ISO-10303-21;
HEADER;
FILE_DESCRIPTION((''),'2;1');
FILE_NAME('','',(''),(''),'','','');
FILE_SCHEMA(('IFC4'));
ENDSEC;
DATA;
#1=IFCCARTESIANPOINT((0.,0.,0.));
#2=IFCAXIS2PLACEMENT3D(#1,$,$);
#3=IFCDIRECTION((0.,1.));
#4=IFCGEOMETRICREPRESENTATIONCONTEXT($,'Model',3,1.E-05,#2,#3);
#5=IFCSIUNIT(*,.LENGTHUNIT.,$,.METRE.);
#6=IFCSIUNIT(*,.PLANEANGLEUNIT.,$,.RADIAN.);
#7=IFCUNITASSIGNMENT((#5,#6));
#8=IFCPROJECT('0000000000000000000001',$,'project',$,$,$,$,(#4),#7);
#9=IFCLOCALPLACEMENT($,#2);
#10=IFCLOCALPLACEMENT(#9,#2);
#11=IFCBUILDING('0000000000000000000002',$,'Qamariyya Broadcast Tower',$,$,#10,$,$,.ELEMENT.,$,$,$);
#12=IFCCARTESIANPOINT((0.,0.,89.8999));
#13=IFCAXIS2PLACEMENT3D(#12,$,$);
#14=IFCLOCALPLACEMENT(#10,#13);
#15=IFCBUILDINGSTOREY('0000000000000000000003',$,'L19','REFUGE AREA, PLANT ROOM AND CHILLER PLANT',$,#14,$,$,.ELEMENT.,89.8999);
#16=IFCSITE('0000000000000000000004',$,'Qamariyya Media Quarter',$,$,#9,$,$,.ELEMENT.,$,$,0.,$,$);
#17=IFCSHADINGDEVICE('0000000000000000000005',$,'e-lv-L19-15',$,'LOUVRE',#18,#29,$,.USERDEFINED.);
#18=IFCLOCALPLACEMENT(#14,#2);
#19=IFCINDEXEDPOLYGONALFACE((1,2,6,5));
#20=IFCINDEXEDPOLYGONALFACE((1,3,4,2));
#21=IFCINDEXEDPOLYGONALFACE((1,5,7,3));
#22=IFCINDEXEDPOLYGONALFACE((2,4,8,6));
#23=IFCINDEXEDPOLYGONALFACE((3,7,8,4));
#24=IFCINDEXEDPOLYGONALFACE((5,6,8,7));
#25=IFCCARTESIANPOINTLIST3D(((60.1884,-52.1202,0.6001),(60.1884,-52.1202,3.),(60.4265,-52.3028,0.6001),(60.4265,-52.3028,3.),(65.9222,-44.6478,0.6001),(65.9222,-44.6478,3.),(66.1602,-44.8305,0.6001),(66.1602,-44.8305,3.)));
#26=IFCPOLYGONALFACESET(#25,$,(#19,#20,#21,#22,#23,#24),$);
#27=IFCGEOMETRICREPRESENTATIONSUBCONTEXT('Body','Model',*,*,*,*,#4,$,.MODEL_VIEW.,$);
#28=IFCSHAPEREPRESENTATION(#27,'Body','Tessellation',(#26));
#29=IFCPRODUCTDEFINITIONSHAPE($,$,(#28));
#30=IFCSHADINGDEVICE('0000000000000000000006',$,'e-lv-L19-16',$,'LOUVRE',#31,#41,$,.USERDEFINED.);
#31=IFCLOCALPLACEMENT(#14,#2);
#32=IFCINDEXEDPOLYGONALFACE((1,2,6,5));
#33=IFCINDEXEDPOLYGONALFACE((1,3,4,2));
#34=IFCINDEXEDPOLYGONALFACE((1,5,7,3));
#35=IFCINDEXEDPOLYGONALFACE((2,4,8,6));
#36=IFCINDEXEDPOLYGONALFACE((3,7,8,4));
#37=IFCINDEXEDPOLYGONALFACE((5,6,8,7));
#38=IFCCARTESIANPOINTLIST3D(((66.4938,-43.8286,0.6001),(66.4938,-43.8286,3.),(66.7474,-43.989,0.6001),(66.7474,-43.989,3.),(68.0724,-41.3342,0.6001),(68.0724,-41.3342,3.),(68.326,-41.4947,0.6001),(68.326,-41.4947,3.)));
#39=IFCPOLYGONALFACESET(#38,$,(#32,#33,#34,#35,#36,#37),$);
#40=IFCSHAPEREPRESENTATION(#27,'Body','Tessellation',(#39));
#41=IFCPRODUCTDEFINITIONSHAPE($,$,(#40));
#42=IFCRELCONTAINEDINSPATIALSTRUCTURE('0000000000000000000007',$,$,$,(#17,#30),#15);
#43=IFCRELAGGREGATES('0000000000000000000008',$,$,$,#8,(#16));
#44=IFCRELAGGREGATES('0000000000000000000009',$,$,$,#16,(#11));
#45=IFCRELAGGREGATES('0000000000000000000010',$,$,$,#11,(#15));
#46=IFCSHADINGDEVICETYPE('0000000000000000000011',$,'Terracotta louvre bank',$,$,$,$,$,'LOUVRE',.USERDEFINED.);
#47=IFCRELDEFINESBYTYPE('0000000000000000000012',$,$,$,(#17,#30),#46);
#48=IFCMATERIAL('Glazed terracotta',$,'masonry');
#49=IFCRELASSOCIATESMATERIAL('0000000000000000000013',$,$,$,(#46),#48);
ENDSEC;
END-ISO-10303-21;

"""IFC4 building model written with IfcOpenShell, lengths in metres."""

from ifc_helpers import new_model, si_unit, direction, frame, origin, origin_2d, place, context, subcontext, project, spatial, rectangle, extrude, material, type_object, element, save


model = new_model("IFC4")

# Units and contexts
model_context = context("Model", 3, precision=1e-05, world=origin(), true_north=direction((0.0, 1.0)))
body_context = subcontext(model_context, "Body", "Model", "MODEL_VIEW")
ifc_project = project(units=[si_unit("LENGTHUNIT", "METRE"), si_unit("PLANEANGLEUNIT", "RADIAN")], contexts=[model_context])

# Site, building, storey
site_placement = place(None, origin())
site = spatial("IfcSite", under=ifc_project, at=site_placement, Name="Qamariyya Media Quarter", CompositionType="ELEMENT", RefElevation=0.0)
building_placement = place(site_placement, origin())
building = spatial("IfcBuilding", under=site, at=building_placement, Name="Qamariyya Broadcast Tower", CompositionType="ELEMENT")
storey_placement = place(building_placement, frame((0.0, 0.0, 89.8999)))
storey = spatial("IfcBuildingStorey", under=building, at=storey_placement, Name="L19", Description="REFUGE AREA, PLANT ROOM AND CHILLER PLANT", CompositionType="ELEMENT", Elevation=89.8999)

# Shading devices
ifc_material_1 = material(Name="Glazed terracotta", Category="masonry")
shading_device_type = type_object("IfcShadingDeviceType", Name="Terracotta louvre bank", ElementType="LOUVRE", PredefinedType="USERDEFINED", material=ifc_material_1)
shading_device_1_placement = place(storey_placement, frame((63.1743, -48.4753, 0.6001), z_axis=(0.0, 0.0, 1.0), x_axis=(0.608761, 0.793353, 0.0)))
element("IfcShadingDevice", 1, at=shading_device_1_placement, inside=storey, type_object=shading_device_type, Name="e-lv-L19-15", ObjectType="LOUVRE", PredefinedType="USERDEFINED", context=body_context, shape_type="SweptSolid", body=[
    extrude(rectangle(XDim=9.4187, YDim=0.3, at=origin_2d()), origin(), (0.0, 0.0, 1.0), 2.3999),
])
shading_device_2_placement = place(storey_placement, frame((67.4099, -42.6616, 0.6001), z_axis=(0.0, 0.0, 1.0), x_axis=(0.534772, 0.844996, 0.0)))
element("IfcShadingDevice", 2, at=shading_device_2_placement, inside=storey, type_object=shading_device_type, Name="e-lv-L19-16", ObjectType="LOUVRE", PredefinedType="USERDEFINED", context=body_context, shape_type="SweptSolid", body=[
    extrude(rectangle(XDim=2.9519, YDim=0.3, at=origin_2d()), origin(), (0.0, 0.0, 1.0), 2.3999),
])

save(model, "model.ifc")
